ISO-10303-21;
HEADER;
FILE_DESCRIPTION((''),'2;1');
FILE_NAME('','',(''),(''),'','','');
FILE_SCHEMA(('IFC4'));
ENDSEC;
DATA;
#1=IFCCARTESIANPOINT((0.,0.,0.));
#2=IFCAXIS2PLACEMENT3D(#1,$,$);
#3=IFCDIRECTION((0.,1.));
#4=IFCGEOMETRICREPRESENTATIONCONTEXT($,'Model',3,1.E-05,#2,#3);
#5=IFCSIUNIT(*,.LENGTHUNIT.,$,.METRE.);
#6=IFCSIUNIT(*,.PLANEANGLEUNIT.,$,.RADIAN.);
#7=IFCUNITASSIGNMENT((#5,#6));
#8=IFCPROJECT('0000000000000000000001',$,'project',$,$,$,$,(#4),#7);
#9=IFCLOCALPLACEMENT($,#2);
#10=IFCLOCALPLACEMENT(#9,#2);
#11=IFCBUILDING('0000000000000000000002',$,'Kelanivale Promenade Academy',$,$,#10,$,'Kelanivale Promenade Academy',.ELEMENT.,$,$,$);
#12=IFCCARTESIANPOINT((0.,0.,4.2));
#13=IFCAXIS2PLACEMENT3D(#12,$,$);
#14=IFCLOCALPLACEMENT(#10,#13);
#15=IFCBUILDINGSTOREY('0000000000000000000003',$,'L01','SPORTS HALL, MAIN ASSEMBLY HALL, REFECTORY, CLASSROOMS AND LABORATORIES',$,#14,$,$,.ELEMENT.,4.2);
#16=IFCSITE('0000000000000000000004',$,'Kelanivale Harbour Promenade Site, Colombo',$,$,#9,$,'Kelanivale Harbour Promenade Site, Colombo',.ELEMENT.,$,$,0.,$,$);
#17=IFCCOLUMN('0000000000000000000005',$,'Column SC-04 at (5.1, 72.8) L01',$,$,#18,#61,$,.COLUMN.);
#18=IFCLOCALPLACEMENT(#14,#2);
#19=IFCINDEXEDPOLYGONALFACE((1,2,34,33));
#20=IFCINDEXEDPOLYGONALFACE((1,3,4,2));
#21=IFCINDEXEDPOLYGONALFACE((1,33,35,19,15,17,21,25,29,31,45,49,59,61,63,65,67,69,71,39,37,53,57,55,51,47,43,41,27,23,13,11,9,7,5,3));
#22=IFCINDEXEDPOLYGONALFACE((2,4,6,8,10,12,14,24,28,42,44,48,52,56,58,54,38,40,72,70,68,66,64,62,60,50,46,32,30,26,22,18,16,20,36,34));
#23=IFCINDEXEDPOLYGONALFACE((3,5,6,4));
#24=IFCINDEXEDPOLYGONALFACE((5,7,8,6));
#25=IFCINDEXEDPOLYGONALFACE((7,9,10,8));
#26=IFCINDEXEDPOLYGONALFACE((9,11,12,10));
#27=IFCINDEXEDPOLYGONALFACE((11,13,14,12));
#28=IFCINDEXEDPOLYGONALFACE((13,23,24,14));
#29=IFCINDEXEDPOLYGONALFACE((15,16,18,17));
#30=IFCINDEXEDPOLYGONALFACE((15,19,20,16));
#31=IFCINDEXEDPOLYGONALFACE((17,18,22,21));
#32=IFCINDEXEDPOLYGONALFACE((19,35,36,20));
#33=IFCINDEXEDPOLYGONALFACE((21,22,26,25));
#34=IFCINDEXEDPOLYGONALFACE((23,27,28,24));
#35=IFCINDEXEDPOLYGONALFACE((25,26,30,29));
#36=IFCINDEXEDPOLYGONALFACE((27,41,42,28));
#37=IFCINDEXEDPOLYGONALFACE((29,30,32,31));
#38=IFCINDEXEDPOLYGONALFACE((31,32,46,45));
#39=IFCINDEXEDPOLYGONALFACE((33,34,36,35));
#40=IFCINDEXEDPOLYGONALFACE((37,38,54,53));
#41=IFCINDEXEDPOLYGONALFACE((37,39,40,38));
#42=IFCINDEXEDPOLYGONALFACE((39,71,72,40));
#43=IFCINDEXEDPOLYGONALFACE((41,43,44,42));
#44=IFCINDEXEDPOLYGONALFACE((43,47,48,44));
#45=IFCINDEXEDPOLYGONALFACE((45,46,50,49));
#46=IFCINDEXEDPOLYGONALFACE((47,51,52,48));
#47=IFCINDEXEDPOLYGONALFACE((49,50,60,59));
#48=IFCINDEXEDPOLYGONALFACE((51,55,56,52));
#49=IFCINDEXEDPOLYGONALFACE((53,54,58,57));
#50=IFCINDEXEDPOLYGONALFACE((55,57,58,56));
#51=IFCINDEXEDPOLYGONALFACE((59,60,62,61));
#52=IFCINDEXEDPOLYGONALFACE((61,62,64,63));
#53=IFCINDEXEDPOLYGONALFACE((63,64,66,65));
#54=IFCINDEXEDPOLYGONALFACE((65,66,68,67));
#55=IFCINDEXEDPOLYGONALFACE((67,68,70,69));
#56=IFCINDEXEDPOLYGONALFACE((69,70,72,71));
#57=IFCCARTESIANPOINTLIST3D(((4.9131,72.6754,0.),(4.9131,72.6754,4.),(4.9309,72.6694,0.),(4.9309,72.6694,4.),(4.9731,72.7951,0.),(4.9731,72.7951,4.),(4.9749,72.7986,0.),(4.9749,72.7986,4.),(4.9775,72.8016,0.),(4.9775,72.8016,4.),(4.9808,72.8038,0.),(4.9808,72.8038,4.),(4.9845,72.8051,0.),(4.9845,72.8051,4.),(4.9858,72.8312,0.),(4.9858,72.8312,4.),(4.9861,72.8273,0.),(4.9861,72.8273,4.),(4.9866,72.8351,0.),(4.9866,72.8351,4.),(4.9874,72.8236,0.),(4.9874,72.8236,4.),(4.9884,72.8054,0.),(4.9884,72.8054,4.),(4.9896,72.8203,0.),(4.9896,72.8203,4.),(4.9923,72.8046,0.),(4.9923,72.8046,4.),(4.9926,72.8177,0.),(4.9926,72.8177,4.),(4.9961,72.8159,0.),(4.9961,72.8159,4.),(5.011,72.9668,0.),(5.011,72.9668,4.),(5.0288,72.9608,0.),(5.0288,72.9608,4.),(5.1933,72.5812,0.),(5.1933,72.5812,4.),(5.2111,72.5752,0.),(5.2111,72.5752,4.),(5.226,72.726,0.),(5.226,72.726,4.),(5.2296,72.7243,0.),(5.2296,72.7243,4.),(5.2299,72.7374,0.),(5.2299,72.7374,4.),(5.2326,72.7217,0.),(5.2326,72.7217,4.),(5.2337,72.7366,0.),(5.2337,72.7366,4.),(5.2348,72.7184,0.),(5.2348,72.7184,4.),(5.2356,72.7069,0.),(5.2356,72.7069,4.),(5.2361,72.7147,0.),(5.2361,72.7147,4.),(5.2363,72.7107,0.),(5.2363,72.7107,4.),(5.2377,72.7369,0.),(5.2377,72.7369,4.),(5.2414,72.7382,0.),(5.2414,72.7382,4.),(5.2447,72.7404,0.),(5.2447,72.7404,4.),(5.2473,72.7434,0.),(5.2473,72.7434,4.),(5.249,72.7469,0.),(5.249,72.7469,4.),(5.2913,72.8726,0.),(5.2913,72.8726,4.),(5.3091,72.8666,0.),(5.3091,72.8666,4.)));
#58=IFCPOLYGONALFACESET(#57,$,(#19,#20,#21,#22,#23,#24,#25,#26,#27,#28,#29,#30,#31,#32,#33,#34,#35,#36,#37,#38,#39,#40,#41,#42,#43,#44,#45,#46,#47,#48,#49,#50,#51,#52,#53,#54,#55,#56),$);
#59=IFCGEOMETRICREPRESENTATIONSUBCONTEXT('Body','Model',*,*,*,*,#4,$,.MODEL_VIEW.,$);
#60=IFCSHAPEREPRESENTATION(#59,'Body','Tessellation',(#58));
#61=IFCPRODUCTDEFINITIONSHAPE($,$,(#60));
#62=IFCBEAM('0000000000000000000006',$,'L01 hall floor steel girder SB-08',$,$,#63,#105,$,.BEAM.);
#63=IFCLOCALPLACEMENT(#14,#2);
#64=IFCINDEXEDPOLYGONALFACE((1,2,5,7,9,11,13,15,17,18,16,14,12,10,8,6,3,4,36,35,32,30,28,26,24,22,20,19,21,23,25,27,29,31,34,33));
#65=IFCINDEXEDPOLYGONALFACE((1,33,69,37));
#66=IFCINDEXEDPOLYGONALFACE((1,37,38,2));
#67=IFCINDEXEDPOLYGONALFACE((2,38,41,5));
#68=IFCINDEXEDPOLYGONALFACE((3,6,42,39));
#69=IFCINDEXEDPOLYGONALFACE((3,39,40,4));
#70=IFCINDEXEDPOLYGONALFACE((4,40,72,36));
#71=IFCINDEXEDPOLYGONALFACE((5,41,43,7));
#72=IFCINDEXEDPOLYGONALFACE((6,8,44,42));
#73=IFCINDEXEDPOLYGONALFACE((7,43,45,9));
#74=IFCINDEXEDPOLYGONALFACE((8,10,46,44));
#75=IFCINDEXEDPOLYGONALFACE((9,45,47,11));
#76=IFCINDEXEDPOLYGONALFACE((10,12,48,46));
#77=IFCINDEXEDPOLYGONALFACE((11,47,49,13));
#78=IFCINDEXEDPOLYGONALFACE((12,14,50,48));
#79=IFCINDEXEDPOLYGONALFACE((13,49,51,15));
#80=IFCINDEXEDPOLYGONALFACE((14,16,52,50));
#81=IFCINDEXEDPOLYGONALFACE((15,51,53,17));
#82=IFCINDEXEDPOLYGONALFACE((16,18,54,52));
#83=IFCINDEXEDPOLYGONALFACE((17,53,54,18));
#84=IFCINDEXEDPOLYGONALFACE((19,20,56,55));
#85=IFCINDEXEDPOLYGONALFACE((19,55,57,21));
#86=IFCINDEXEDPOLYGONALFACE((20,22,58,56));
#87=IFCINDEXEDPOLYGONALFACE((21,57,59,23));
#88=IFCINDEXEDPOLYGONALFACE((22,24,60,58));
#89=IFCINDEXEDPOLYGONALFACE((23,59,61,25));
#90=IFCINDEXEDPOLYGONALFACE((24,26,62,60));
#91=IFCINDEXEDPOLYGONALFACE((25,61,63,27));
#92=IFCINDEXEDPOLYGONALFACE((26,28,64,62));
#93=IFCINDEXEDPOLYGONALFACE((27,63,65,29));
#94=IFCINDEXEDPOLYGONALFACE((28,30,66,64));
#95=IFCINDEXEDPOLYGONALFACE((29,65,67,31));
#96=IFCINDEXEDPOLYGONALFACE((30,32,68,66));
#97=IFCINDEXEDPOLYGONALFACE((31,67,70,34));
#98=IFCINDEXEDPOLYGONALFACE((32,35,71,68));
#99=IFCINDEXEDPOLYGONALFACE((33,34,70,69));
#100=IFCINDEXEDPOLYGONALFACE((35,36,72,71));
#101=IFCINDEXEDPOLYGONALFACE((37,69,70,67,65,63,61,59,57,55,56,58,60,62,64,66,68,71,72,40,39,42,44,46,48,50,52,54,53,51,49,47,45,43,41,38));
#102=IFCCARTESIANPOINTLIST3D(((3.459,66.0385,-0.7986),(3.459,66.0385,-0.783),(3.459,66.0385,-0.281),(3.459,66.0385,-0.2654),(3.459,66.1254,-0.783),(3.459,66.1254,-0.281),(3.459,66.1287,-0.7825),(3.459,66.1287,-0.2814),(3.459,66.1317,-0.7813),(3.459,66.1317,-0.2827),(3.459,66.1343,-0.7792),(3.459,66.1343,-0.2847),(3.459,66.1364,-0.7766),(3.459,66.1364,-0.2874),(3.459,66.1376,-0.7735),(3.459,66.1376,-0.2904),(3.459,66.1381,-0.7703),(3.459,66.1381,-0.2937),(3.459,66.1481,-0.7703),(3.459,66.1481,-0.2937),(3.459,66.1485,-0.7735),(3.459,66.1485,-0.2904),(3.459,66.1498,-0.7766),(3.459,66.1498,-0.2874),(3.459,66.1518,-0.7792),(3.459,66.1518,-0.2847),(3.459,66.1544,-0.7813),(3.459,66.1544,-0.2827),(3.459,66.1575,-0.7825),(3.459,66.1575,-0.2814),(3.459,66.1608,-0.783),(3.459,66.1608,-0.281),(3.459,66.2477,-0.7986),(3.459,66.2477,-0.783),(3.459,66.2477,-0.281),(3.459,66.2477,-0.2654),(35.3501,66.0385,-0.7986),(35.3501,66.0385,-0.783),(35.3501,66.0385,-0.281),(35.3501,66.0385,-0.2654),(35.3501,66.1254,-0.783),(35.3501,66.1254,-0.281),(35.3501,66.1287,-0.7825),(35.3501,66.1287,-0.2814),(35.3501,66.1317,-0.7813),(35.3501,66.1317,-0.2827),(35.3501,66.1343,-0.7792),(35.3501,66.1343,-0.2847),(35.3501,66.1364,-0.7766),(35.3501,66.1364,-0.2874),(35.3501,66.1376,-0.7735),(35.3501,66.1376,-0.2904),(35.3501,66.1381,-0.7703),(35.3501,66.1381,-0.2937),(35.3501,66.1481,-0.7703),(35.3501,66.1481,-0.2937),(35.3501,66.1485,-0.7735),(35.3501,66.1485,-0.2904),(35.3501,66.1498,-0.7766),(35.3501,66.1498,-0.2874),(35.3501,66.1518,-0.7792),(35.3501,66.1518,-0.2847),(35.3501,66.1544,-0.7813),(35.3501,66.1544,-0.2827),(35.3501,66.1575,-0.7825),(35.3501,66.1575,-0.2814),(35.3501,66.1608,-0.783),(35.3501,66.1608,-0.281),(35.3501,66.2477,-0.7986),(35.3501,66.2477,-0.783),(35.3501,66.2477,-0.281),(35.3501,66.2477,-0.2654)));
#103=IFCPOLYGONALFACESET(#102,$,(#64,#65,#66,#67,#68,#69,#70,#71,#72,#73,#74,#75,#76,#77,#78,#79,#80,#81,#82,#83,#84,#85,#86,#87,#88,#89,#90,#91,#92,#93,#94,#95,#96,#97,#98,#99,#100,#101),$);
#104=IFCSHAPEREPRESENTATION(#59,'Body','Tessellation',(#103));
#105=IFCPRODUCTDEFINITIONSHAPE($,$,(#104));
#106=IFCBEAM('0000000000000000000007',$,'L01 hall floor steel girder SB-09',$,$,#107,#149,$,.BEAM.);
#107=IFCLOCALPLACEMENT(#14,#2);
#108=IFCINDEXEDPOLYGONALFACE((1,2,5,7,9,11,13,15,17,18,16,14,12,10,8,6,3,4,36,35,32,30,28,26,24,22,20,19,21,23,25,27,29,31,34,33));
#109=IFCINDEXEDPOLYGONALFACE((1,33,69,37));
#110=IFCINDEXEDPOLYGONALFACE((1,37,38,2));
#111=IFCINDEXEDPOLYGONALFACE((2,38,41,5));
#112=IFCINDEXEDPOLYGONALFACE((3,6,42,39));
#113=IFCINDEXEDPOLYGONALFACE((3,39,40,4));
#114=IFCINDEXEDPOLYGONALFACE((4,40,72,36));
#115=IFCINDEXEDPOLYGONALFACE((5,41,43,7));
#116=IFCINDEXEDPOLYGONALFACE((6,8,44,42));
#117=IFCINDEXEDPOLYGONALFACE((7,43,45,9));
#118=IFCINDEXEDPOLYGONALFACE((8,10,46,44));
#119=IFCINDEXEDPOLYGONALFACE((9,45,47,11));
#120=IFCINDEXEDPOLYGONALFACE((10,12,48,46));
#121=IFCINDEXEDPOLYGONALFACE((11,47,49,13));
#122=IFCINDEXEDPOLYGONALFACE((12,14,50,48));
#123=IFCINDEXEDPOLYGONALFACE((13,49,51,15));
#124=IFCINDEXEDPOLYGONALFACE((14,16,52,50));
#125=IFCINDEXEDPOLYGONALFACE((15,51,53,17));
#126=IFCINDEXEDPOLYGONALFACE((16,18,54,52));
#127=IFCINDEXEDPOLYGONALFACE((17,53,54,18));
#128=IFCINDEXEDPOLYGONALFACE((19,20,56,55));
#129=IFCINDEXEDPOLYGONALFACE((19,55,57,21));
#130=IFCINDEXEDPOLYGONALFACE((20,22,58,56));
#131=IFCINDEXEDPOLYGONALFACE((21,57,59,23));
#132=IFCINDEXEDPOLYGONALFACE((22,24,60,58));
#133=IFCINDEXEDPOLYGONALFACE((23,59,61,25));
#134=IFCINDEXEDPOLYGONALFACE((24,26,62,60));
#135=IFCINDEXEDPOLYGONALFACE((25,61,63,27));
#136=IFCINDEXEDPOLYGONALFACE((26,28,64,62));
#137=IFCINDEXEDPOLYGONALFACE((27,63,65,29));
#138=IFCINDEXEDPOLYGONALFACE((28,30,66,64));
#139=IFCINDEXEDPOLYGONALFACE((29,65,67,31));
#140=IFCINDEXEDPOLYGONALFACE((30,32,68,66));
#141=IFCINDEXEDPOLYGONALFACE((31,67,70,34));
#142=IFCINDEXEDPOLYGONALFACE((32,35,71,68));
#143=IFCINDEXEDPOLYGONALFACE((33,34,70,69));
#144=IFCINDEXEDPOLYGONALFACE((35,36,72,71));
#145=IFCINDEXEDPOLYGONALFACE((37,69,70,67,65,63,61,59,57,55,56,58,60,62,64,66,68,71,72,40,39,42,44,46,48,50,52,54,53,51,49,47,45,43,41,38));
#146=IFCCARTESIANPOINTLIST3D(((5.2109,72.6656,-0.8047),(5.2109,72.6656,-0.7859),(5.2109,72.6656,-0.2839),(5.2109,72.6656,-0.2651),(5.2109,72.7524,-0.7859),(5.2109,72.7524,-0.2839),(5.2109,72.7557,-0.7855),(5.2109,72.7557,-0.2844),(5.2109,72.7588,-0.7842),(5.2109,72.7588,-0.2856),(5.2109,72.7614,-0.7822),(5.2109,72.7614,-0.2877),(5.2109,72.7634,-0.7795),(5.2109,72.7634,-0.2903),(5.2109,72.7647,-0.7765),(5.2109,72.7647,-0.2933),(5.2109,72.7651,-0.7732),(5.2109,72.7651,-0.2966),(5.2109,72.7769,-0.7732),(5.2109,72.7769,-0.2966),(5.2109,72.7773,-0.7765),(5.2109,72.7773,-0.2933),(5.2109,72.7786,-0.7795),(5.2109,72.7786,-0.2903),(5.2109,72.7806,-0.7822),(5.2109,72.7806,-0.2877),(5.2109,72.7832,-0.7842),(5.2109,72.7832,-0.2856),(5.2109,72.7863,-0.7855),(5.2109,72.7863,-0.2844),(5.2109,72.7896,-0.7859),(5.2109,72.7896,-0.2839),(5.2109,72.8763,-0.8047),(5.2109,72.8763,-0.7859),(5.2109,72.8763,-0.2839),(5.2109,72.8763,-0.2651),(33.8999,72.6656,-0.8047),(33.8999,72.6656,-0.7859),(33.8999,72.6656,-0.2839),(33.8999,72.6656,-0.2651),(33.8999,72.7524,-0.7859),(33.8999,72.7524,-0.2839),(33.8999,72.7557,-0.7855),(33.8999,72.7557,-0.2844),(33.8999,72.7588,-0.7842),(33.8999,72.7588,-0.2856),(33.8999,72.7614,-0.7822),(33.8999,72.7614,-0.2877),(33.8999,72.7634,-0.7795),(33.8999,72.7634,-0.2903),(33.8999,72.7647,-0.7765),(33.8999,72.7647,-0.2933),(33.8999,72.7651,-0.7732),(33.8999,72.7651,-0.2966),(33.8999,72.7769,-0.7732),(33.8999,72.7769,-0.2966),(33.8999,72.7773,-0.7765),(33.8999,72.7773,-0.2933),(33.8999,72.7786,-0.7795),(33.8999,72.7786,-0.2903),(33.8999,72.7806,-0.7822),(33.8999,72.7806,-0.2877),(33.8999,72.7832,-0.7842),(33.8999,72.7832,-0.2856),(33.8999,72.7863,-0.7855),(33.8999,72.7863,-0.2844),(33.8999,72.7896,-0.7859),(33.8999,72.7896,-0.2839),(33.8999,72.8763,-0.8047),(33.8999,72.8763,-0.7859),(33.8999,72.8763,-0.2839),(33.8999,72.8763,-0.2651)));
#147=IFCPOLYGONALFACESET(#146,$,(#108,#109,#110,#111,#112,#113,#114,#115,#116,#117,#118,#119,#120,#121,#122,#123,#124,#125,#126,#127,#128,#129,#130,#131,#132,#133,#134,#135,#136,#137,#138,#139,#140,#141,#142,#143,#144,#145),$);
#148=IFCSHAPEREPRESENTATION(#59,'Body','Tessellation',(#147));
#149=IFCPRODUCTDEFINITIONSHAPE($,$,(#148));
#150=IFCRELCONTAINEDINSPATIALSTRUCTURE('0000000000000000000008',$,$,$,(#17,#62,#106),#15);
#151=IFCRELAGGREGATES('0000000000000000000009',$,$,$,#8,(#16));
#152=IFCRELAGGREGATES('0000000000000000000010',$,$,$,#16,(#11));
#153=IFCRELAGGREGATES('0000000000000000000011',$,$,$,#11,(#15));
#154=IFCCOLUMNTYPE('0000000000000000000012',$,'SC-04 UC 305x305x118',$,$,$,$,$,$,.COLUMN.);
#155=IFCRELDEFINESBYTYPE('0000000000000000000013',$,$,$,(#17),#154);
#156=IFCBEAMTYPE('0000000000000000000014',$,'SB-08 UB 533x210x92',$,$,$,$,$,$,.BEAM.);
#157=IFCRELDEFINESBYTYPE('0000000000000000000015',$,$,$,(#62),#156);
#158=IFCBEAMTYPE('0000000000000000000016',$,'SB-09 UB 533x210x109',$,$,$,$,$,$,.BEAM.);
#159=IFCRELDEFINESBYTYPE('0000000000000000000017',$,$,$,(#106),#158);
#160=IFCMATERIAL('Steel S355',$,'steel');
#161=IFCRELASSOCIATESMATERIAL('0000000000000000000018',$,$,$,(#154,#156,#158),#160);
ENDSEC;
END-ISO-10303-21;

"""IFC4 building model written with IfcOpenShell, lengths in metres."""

from ifc_helpers import new_model, si_unit, direction, frame, origin, origin_2d, place, context, subcontext, project, spatial, i_section, extrude, material, material_profile, profile_set, type_object, element, save


model = new_model("IFC4")

# Units and contexts
model_context = context("Model", 3, precision=1e-05, world=origin(), true_north=direction((0.0, 1.0)))
body_context = subcontext(model_context, "Body", "Model", "MODEL_VIEW")
ifc_project = project(units=[si_unit("LENGTHUNIT", "METRE"), si_unit("PLANEANGLEUNIT", "RADIAN")], contexts=[model_context])

# Site, building, storey
site_placement = place(None, origin())
site = spatial("IfcSite", under=ifc_project, at=site_placement, Name="Kelanivale Harbour Promenade Site, Colombo", LongName="Kelanivale Harbour Promenade Site, Colombo", CompositionType="ELEMENT", RefElevation=0.0)
building_placement = place(site_placement, origin())
building = spatial("IfcBuilding", under=site, at=building_placement, Name="Kelanivale Promenade Academy", LongName="Kelanivale Promenade Academy", CompositionType="ELEMENT")
storey_placement = place(building_placement, frame((0.0, 0.0, 4.2)))
storey = spatial("IfcBuildingStorey", under=building, at=storey_placement, Name="L01", Description="SPORTS HALL, MAIN ASSEMBLY HALL, REFECTORY, CLASSROOMS AND LABORATORIES", CompositionType="ELEMENT", Elevation=4.2)

# Column
ifc_material_1 = material(Name="Steel S355", Category="steel")
ifc_material_profile_1 = material_profile(ifc_material_1, i_section(OverallWidth=0.3074, OverallDepth=0.3145, WebThickness=0.012, FlangeThickness=0.0188, FilletRadius=0.0151, at=origin_2d()), Name="UC 305x305x118")
ifc_profile_set_1 = profile_set([ifc_material_profile_1], Name="Steel S355")
column_type_1 = type_object("IfcColumnType", Name="SC-04 UC 305x305x118", PredefinedType="COLUMN", material=ifc_profile_set_1)
for number, where, z_axis, x_axis, name in (
    (1, (5.1111, 72.771, 0.0), (0.0, 0.0, 1.0), (0.318628, 0.94788, 0.0), "Column SC-04 at (5.1, 72.8) L01"),
):
    element("IfcColumn", number, at=place(storey_placement, frame(where, z_axis=z_axis, x_axis=x_axis)), inside=storey, type_object=column_type_1, Name=name, PredefinedType="COLUMN", context=body_context, shape_type="SweptSolid", body=[
        extrude(i_section(OverallWidth=0.3074, OverallDepth=0.3145, WebThickness=0.012, FlangeThickness=0.0188, FilletRadius=0.0151, at=origin_2d()), origin(), (0.0, 0.0, 1.0), 4.0),
    ])

# Beams
ifc_material_profile_2 = material_profile(ifc_material_1, i_section(OverallWidth=0.2092, OverallDepth=0.5332, WebThickness=0.01, FlangeThickness=0.0156, FilletRadius=0.0127, at=origin_2d()), Name="UB 533x210x92")
ifc_profile_set_2 = profile_set([ifc_material_profile_2], Name="Steel S355")
beam_type_1 = type_object("IfcBeamType", Name="SB-08 UB 533x210x92", PredefinedType="BEAM", material=ifc_profile_set_2)
beam_1_placement = place(storey_placement, frame((3.459, 66.1431, -0.532), z_axis=(1.0, 0.0, 0.0), x_axis=(0.0, 1.0, 0.0)))
element("IfcBeam", 2, at=beam_1_placement, inside=storey, type_object=beam_type_1, Name="L01 hall floor steel girder SB-08", PredefinedType="BEAM", context=body_context, shape_type="SweptSolid", body=[
    extrude(i_section(OverallWidth=0.2092, OverallDepth=0.5332, WebThickness=0.01, FlangeThickness=0.0156, FilletRadius=0.0127, at=origin_2d()), origin(), (0.0, 0.0, 1.0), 31.8911),
])
ifc_material_profile_3 = material_profile(ifc_material_1, i_section(OverallWidth=0.2107, OverallDepth=0.5396, WebThickness=0.0117, FlangeThickness=0.0188, FilletRadius=0.0127, at=origin_2d()), Name="UB 533x210x109")
ifc_profile_set_3 = profile_set([ifc_material_profile_3], Name="Steel S355")
beam_type_2 = type_object("IfcBeamType", Name="SB-09 UB 533x210x109", PredefinedType="BEAM", material=ifc_profile_set_3)
beam_2_placement = place(storey_placement, frame((5.2109, 72.771, -0.5349), z_axis=(1.0, 0.0, 0.0), x_axis=(0.0, 1.0, 0.0)))
element("IfcBeam", 3, at=beam_2_placement, inside=storey, type_object=beam_type_2, Name="L01 hall floor steel girder SB-09", PredefinedType="BEAM", context=body_context, shape_type="SweptSolid", body=[
    extrude(i_section(OverallWidth=0.2107, OverallDepth=0.5396, WebThickness=0.0117, FlangeThickness=0.0188, FilletRadius=0.0127, at=origin_2d()), origin(), (0.0, 0.0, 1.0), 28.689),
])

save(model, "model.ifc")
